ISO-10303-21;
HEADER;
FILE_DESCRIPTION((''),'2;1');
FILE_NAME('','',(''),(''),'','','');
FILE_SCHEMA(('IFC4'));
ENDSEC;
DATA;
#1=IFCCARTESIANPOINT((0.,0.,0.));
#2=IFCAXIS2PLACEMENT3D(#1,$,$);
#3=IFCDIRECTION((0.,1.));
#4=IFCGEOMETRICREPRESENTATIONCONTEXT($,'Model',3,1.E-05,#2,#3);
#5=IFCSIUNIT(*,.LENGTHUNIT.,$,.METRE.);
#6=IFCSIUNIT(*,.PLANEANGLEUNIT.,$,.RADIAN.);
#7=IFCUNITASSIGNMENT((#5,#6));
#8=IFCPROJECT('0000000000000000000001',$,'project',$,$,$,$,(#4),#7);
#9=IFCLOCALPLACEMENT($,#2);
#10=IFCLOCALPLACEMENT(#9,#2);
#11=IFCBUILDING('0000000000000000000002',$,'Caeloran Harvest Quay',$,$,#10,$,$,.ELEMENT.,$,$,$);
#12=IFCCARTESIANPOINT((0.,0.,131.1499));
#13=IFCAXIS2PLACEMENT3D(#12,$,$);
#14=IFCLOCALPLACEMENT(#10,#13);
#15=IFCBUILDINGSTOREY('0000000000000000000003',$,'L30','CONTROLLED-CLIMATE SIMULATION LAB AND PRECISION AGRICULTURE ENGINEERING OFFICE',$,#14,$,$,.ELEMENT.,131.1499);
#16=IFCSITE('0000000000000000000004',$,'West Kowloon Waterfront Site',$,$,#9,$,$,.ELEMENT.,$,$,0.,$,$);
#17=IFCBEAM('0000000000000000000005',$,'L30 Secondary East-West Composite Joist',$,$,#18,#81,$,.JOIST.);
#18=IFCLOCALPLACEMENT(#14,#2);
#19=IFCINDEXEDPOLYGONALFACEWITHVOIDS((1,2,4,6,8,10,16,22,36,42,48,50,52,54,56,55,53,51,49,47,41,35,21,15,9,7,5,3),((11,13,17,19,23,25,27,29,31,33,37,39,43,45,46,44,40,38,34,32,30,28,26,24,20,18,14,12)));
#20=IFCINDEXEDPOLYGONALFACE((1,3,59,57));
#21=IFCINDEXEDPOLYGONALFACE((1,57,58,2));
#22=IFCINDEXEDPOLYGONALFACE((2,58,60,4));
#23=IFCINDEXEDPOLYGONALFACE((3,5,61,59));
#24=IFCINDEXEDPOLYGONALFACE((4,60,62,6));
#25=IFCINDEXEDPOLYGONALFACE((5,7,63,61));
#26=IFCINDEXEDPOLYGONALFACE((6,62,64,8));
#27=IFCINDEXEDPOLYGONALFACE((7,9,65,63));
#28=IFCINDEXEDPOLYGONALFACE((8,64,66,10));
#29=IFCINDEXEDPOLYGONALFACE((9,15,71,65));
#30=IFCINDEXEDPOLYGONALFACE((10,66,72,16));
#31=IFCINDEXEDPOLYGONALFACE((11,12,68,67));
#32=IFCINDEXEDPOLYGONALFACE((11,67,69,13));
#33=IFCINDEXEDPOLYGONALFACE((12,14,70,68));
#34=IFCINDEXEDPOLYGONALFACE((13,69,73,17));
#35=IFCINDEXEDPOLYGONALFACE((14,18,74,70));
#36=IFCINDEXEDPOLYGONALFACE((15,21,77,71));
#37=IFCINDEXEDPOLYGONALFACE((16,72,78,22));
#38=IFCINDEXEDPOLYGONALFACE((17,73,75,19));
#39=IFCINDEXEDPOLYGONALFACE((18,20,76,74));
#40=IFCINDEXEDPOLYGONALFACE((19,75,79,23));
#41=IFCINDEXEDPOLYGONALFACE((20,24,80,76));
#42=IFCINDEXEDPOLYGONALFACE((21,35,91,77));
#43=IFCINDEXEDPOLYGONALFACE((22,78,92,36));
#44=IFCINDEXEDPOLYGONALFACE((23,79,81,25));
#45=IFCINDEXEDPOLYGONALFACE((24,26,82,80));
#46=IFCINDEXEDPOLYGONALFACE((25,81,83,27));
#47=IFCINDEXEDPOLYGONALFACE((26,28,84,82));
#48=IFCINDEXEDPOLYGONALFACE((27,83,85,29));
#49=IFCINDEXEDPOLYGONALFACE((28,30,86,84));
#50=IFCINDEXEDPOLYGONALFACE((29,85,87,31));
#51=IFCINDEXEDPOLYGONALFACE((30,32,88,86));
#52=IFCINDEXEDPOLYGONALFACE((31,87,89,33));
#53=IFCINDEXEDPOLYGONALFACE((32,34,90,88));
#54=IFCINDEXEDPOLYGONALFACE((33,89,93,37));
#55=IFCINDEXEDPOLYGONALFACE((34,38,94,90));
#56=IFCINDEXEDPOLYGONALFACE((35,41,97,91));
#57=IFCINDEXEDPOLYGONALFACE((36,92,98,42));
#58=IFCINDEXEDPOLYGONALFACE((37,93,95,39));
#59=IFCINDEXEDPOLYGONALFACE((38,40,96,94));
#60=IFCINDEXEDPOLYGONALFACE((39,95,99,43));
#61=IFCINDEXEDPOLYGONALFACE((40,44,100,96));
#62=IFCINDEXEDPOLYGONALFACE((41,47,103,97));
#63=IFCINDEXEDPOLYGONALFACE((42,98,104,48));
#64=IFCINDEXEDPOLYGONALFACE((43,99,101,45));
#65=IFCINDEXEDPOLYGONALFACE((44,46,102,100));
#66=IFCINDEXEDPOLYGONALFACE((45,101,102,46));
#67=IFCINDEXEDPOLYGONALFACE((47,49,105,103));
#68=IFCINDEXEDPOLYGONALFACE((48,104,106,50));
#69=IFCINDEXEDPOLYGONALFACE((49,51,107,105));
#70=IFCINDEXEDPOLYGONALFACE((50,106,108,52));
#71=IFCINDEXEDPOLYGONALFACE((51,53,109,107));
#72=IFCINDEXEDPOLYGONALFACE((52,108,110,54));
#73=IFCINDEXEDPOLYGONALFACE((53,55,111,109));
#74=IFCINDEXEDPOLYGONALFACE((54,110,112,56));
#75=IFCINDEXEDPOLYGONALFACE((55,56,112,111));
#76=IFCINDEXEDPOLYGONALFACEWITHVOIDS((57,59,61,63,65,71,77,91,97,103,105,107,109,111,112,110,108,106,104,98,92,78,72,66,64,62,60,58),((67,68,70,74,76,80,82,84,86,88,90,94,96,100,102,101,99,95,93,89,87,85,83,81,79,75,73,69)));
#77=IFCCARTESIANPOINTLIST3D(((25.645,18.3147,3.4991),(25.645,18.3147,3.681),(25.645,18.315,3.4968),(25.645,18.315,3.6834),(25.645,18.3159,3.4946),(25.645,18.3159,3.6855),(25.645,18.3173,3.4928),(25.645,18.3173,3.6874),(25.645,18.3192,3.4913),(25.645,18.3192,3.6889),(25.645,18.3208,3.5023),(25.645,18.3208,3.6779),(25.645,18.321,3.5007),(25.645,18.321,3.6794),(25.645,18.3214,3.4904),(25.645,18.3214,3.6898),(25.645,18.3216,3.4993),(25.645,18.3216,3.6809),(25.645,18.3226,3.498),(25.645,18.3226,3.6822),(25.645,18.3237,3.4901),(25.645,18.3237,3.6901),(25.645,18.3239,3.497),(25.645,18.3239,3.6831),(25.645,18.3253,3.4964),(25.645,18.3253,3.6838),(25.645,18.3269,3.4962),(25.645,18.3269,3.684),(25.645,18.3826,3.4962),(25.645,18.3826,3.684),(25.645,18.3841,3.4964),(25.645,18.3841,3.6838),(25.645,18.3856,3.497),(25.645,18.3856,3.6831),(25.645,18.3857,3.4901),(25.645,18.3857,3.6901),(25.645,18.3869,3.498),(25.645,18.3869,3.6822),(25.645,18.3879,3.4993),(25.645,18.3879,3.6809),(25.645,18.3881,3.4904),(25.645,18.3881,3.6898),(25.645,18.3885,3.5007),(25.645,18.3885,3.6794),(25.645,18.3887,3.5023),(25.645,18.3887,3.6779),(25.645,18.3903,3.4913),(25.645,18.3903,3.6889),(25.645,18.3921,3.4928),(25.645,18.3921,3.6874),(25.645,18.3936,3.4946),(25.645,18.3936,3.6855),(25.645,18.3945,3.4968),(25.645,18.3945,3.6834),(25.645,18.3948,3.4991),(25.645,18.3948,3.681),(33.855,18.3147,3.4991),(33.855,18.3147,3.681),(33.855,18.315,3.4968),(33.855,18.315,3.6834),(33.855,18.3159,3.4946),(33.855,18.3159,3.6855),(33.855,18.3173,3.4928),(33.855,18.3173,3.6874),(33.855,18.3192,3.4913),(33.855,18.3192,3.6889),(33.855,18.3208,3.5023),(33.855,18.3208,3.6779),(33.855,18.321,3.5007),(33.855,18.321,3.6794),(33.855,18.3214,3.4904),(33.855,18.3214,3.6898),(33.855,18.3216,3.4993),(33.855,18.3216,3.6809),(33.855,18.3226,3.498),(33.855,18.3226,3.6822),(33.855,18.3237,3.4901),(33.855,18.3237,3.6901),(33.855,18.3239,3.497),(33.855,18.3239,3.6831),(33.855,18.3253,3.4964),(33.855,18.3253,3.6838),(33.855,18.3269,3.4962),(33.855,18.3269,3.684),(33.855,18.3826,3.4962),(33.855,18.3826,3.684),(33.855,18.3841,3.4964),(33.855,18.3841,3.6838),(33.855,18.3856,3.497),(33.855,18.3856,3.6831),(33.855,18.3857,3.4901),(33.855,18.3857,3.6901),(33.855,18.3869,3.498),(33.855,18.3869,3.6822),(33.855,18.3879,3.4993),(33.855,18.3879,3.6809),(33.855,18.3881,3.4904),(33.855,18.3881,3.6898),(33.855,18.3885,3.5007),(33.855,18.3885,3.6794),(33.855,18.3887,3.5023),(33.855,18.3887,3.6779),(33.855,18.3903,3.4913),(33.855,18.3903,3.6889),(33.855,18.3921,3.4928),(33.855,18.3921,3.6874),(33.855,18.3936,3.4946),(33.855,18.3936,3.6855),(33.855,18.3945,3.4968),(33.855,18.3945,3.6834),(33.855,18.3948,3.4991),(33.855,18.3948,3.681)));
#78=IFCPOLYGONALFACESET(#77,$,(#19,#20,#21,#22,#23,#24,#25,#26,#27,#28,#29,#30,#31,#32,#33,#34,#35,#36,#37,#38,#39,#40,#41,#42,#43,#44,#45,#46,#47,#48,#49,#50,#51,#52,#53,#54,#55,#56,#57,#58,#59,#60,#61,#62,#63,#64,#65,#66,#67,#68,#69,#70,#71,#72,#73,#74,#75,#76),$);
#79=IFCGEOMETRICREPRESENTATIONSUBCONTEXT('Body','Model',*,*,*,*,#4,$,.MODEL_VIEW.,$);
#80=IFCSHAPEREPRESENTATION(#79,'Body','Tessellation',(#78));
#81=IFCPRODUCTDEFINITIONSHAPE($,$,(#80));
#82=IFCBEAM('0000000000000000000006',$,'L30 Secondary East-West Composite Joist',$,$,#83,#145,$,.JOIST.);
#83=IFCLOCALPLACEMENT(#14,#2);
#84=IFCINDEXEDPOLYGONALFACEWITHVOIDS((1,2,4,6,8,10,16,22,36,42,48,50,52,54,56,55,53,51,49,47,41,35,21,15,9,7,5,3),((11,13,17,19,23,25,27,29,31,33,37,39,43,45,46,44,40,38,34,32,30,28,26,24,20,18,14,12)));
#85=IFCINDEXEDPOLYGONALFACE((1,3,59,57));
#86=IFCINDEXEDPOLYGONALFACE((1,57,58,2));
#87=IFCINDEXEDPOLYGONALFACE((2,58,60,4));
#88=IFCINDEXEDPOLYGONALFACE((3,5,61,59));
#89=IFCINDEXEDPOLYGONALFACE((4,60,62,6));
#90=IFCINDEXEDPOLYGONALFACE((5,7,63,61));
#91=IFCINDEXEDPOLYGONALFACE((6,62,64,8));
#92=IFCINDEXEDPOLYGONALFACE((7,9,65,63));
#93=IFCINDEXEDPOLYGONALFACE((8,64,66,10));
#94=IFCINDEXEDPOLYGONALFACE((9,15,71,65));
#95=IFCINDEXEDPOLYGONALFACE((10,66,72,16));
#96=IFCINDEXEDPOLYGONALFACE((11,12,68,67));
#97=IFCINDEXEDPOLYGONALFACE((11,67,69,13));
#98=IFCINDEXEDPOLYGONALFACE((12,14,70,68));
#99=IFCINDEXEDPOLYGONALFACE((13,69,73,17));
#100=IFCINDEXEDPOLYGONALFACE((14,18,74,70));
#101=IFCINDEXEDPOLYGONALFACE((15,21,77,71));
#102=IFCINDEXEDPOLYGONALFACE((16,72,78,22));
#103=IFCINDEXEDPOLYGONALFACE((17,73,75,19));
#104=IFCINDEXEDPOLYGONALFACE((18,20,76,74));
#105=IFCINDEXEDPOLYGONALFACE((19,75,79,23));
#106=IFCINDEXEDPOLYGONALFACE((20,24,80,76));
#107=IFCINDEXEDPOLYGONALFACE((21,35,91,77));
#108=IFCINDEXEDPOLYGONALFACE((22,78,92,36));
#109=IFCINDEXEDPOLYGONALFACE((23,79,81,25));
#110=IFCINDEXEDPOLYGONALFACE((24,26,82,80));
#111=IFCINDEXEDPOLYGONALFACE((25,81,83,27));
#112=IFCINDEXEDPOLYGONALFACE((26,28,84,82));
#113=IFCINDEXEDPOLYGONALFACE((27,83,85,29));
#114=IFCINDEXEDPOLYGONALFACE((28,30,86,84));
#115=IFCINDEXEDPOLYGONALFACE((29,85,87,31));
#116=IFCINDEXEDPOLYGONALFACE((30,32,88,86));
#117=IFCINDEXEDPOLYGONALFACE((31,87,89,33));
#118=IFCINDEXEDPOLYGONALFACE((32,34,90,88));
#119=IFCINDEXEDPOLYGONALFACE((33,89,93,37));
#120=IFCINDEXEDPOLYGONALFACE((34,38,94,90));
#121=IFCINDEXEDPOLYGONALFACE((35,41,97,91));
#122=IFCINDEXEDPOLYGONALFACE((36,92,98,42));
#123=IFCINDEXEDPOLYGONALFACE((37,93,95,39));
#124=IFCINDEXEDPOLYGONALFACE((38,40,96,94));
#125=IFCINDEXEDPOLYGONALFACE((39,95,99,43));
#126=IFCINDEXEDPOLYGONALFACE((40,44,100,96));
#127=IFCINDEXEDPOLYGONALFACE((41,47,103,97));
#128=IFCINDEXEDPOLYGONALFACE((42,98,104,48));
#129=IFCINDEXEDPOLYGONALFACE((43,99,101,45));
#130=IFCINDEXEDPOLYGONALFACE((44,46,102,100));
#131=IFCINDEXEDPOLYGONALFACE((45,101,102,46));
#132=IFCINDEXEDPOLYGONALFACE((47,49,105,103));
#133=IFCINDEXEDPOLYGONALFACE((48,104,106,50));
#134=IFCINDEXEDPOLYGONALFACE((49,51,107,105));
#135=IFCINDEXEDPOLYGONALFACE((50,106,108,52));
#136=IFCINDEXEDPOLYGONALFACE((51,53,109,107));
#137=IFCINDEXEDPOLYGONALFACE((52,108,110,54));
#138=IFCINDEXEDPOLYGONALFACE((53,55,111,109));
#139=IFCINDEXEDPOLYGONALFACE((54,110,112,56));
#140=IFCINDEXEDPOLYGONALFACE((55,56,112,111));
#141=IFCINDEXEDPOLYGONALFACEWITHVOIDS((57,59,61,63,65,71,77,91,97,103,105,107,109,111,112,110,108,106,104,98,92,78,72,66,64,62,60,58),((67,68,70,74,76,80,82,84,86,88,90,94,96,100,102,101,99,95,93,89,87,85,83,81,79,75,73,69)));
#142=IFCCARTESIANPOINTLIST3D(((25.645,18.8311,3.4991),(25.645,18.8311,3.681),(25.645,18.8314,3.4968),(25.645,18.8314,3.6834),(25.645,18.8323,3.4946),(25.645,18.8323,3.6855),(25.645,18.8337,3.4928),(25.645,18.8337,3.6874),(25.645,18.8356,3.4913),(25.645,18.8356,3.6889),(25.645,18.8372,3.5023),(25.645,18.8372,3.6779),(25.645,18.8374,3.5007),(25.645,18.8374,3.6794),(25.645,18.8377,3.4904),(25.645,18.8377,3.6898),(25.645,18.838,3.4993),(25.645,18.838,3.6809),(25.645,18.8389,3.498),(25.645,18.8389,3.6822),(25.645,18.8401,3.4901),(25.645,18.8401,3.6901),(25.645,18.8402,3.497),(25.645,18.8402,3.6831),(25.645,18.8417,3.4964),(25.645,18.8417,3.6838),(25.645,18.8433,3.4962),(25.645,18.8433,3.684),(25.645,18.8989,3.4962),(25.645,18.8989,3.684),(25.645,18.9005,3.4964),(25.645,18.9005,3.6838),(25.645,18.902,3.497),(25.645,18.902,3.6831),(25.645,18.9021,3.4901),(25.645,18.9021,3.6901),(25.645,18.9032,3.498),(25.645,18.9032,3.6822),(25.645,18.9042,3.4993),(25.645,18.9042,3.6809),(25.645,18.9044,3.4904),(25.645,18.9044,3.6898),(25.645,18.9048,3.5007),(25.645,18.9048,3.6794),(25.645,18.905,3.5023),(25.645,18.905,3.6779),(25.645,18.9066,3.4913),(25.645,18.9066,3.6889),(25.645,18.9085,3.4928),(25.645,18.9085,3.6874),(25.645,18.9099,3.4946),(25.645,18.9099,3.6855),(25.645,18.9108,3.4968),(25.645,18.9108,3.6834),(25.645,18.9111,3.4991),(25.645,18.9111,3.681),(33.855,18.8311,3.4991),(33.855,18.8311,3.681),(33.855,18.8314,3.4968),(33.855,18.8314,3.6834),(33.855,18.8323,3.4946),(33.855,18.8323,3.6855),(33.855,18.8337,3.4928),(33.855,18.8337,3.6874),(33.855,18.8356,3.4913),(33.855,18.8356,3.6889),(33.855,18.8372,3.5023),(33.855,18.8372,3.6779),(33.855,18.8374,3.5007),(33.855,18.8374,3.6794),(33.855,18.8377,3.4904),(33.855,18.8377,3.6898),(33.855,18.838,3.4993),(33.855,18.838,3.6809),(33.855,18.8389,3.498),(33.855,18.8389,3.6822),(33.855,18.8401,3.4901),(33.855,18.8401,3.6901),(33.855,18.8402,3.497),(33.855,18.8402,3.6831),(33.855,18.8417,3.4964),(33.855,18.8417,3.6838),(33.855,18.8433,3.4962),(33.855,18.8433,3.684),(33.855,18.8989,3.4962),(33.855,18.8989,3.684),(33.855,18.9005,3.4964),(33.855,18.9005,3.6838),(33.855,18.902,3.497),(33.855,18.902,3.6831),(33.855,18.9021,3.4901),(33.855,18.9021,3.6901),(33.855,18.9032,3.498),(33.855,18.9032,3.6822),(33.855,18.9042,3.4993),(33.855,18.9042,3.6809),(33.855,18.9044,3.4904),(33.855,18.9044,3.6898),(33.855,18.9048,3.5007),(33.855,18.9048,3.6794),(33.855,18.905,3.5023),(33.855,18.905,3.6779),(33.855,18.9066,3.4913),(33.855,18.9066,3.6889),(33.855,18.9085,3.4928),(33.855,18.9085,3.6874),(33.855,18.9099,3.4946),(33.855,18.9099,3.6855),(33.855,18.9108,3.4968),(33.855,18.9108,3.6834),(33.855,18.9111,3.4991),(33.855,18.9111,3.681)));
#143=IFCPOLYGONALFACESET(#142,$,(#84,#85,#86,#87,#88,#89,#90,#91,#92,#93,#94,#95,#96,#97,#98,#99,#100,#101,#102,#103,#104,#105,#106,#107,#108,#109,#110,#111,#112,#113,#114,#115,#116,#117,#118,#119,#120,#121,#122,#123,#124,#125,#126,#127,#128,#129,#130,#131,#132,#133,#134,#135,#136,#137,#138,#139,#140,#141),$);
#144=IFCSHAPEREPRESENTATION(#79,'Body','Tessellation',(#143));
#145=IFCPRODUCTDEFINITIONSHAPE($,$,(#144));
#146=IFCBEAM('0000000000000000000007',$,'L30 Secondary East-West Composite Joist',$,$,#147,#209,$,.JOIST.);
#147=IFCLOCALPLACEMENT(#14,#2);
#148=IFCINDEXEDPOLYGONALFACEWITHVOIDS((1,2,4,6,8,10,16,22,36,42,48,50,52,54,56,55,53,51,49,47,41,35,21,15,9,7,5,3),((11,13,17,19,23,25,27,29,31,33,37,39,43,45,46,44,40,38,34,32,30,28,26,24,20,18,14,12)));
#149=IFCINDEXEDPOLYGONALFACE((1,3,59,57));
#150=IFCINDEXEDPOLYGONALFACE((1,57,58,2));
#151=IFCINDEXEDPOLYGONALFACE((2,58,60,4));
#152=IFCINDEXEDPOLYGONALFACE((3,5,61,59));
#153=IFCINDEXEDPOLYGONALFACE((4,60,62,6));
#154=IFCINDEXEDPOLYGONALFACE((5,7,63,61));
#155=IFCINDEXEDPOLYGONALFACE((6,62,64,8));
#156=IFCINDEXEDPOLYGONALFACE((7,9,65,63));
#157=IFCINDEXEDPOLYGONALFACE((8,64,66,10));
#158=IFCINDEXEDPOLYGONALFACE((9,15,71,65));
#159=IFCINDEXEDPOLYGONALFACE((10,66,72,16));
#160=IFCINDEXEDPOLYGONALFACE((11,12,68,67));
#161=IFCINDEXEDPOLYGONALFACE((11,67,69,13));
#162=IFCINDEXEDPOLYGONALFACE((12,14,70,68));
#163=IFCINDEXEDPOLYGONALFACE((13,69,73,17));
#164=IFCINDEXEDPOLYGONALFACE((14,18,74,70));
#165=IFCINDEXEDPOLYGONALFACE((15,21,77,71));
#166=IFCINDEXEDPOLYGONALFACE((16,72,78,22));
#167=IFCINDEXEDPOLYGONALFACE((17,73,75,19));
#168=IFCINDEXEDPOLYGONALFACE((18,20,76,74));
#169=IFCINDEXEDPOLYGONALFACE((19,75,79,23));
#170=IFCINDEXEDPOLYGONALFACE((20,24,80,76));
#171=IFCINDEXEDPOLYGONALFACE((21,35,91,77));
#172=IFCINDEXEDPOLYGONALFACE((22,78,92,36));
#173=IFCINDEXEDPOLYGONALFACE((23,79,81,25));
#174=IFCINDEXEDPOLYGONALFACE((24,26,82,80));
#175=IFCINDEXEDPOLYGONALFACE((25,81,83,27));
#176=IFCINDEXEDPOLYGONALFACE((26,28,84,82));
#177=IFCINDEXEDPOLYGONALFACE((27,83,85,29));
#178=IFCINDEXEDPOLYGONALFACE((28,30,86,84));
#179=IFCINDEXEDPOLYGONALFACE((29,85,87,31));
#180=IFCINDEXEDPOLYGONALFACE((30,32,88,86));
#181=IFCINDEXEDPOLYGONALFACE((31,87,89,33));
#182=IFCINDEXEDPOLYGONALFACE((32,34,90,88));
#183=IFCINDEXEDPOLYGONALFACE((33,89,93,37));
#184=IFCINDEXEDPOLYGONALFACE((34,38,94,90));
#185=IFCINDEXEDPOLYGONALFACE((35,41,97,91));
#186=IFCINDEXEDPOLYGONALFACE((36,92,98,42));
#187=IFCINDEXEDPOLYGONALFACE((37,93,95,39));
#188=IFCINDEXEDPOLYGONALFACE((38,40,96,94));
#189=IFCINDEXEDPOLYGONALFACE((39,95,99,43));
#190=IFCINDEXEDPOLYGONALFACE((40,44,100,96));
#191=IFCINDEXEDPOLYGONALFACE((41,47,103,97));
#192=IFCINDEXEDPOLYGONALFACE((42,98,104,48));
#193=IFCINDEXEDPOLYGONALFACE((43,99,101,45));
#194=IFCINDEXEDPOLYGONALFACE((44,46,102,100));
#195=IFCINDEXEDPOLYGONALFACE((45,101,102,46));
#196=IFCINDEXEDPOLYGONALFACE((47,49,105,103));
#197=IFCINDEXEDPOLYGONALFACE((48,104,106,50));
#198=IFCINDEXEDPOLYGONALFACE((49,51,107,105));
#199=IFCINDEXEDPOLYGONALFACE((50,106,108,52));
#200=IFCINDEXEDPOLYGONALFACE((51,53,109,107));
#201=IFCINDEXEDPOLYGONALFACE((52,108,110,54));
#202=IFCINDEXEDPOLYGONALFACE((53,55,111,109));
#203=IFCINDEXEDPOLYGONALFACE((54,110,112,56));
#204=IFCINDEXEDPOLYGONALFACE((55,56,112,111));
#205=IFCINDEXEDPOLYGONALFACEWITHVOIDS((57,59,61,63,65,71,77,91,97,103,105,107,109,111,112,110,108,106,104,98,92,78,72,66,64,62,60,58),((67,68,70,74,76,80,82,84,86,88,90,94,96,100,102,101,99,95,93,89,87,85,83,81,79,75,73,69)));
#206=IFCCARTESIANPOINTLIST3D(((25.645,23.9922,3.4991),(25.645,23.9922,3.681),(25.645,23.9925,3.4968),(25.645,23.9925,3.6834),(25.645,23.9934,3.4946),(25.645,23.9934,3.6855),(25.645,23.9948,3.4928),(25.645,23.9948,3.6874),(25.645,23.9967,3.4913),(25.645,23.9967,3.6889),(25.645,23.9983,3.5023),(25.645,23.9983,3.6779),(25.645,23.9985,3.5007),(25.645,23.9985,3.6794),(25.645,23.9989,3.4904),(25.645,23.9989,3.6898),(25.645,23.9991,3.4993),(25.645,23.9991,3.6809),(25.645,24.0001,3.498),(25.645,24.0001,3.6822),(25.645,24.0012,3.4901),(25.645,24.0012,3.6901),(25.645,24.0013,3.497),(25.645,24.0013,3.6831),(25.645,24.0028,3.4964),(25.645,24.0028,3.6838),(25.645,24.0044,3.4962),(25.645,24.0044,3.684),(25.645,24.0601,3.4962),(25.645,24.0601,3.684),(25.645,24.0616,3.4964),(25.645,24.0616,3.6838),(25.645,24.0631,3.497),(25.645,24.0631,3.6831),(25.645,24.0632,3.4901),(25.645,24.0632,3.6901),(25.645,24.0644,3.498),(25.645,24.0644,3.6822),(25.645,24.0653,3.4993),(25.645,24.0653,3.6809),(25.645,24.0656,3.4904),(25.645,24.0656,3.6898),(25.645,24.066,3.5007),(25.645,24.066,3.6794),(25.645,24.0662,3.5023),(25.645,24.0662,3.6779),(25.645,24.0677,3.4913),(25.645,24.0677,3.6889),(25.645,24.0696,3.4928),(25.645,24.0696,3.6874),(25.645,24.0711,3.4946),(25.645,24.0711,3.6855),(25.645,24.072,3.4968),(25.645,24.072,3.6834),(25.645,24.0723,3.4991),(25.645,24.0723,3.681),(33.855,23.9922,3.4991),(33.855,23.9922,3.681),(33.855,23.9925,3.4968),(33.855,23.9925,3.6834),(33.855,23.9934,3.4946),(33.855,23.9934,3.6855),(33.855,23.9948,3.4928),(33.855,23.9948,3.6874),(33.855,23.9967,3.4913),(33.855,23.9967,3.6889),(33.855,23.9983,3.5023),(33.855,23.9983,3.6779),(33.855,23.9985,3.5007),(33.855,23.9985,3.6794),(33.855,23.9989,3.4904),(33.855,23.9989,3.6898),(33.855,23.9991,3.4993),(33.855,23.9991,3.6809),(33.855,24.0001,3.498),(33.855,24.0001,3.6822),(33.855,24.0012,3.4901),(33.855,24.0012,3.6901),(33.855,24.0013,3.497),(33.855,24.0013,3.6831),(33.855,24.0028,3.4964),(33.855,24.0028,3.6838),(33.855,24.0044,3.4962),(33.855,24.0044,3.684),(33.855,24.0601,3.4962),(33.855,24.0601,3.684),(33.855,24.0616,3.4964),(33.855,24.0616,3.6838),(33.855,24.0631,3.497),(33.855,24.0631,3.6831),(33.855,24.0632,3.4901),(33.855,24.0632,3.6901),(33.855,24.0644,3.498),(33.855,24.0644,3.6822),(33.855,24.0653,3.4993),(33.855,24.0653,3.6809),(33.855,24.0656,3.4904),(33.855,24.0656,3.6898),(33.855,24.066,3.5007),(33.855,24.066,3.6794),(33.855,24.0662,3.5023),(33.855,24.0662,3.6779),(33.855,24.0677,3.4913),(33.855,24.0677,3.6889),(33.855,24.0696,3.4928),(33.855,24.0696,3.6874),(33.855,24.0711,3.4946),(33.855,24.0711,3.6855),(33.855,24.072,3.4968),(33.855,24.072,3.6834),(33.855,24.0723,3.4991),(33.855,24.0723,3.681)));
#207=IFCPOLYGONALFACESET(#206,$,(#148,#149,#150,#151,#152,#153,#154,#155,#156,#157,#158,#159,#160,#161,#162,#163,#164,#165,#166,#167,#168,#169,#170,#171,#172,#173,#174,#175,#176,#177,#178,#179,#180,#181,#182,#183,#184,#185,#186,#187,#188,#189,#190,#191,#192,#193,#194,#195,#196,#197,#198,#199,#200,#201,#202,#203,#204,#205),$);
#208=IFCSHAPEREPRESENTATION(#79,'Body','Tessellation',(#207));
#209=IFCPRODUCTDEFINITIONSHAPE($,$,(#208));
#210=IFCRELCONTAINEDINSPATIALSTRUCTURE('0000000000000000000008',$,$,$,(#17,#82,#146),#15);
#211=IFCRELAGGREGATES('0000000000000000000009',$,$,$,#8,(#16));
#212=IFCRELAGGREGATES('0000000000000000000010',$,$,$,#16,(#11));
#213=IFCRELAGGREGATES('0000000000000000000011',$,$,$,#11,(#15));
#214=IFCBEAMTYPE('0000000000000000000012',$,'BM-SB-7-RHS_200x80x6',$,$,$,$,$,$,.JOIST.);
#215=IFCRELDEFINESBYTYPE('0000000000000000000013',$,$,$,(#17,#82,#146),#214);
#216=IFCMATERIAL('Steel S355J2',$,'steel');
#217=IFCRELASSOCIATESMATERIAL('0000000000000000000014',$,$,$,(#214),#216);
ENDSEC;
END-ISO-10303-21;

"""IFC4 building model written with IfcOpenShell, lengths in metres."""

from ifc_helpers import new_model, si_unit, direction, frame, origin, origin_2d, place, context, subcontext, project, spatial, hollow_rectangle, extrude, material, material_profile, profile_set, type_object, element, save


model = new_model("IFC4")

# Units and contexts
model_context = context("Model", 3, precision=1e-05, world=origin(), true_north=direction((0.0, 1.0)))
body_context = subcontext(model_context, "Body", "Model", "MODEL_VIEW")
ifc_project = project(units=[si_unit("LENGTHUNIT", "METRE"), si_unit("PLANEANGLEUNIT", "RADIAN")], contexts=[model_context])

# Site, building, storey
site_placement = place(None, origin())
site = spatial("IfcSite", under=ifc_project, at=site_placement, Name="West Kowloon Waterfront Site", CompositionType="ELEMENT", RefElevation=0.0)
building_placement = place(site_placement, origin())
building = spatial("IfcBuilding", under=site, at=building_placement, Name="Caeloran Harvest Quay", CompositionType="ELEMENT")
storey_placement = place(building_placement, frame((0.0, 0.0, 131.1499)))
storey = spatial("IfcBuildingStorey", under=building, at=storey_placement, Name="L30", Description="CONTROLLED-CLIMATE SIMULATION LAB AND PRECISION AGRICULTURE ENGINEERING OFFICE", CompositionType="ELEMENT", Elevation=131.1499)

# Beams
ifc_material_1 = material(Name="Steel S355J2", Category="steel")
ifc_material_profile_1 = material_profile(ifc_material_1, hollow_rectangle(XDim=0.0801, YDim=0.2, WallThickness=0.0061, InnerFilletRadius=0.0061, OuterFilletRadius=0.009, at=origin_2d()), Name="RHS 200x80x6")
ifc_profile_set_1 = profile_set([ifc_material_profile_1], Name="Steel S355J2")
beam_type_1 = type_object("IfcBeamType", Name="BM-SB-7-RHS_200x80x6", PredefinedType="JOIST", material=ifc_profile_set_1)
for number, where, z_axis, x_axis, name in (
    (1, (25.645, 18.3547, 3.5901), (1.0, 0.0, 0.0), (0.0, 1.0, 0.0), "L30 Secondary East-West Composite Joist"),
    (2, (25.645, 18.8711, 3.5901), (1.0, 0.0, 0.0), (0.0, 1.0, 0.0), "L30 Secondary East-West Composite Joist"),
    (3, (25.645, 24.0322, 3.5901), (1.0, 0.0, 0.0), (0.0, 1.0, 0.0), "L30 Secondary East-West Composite Joist"),
):
    element("IfcBeam", number, at=place(storey_placement, frame(where, z_axis=z_axis, x_axis=x_axis)), inside=storey, type_object=beam_type_1, Name=name, PredefinedType="JOIST", context=body_context, shape_type="SweptSolid", body=[
        extrude(hollow_rectangle(XDim=0.0801, YDim=0.2, WallThickness=0.0061, InnerFilletRadius=0.0061, OuterFilletRadius=0.009, at=origin_2d()), origin(), (0.0, 0.0, 1.0), 8.21),
    ])

save(model, "model.ifc")
